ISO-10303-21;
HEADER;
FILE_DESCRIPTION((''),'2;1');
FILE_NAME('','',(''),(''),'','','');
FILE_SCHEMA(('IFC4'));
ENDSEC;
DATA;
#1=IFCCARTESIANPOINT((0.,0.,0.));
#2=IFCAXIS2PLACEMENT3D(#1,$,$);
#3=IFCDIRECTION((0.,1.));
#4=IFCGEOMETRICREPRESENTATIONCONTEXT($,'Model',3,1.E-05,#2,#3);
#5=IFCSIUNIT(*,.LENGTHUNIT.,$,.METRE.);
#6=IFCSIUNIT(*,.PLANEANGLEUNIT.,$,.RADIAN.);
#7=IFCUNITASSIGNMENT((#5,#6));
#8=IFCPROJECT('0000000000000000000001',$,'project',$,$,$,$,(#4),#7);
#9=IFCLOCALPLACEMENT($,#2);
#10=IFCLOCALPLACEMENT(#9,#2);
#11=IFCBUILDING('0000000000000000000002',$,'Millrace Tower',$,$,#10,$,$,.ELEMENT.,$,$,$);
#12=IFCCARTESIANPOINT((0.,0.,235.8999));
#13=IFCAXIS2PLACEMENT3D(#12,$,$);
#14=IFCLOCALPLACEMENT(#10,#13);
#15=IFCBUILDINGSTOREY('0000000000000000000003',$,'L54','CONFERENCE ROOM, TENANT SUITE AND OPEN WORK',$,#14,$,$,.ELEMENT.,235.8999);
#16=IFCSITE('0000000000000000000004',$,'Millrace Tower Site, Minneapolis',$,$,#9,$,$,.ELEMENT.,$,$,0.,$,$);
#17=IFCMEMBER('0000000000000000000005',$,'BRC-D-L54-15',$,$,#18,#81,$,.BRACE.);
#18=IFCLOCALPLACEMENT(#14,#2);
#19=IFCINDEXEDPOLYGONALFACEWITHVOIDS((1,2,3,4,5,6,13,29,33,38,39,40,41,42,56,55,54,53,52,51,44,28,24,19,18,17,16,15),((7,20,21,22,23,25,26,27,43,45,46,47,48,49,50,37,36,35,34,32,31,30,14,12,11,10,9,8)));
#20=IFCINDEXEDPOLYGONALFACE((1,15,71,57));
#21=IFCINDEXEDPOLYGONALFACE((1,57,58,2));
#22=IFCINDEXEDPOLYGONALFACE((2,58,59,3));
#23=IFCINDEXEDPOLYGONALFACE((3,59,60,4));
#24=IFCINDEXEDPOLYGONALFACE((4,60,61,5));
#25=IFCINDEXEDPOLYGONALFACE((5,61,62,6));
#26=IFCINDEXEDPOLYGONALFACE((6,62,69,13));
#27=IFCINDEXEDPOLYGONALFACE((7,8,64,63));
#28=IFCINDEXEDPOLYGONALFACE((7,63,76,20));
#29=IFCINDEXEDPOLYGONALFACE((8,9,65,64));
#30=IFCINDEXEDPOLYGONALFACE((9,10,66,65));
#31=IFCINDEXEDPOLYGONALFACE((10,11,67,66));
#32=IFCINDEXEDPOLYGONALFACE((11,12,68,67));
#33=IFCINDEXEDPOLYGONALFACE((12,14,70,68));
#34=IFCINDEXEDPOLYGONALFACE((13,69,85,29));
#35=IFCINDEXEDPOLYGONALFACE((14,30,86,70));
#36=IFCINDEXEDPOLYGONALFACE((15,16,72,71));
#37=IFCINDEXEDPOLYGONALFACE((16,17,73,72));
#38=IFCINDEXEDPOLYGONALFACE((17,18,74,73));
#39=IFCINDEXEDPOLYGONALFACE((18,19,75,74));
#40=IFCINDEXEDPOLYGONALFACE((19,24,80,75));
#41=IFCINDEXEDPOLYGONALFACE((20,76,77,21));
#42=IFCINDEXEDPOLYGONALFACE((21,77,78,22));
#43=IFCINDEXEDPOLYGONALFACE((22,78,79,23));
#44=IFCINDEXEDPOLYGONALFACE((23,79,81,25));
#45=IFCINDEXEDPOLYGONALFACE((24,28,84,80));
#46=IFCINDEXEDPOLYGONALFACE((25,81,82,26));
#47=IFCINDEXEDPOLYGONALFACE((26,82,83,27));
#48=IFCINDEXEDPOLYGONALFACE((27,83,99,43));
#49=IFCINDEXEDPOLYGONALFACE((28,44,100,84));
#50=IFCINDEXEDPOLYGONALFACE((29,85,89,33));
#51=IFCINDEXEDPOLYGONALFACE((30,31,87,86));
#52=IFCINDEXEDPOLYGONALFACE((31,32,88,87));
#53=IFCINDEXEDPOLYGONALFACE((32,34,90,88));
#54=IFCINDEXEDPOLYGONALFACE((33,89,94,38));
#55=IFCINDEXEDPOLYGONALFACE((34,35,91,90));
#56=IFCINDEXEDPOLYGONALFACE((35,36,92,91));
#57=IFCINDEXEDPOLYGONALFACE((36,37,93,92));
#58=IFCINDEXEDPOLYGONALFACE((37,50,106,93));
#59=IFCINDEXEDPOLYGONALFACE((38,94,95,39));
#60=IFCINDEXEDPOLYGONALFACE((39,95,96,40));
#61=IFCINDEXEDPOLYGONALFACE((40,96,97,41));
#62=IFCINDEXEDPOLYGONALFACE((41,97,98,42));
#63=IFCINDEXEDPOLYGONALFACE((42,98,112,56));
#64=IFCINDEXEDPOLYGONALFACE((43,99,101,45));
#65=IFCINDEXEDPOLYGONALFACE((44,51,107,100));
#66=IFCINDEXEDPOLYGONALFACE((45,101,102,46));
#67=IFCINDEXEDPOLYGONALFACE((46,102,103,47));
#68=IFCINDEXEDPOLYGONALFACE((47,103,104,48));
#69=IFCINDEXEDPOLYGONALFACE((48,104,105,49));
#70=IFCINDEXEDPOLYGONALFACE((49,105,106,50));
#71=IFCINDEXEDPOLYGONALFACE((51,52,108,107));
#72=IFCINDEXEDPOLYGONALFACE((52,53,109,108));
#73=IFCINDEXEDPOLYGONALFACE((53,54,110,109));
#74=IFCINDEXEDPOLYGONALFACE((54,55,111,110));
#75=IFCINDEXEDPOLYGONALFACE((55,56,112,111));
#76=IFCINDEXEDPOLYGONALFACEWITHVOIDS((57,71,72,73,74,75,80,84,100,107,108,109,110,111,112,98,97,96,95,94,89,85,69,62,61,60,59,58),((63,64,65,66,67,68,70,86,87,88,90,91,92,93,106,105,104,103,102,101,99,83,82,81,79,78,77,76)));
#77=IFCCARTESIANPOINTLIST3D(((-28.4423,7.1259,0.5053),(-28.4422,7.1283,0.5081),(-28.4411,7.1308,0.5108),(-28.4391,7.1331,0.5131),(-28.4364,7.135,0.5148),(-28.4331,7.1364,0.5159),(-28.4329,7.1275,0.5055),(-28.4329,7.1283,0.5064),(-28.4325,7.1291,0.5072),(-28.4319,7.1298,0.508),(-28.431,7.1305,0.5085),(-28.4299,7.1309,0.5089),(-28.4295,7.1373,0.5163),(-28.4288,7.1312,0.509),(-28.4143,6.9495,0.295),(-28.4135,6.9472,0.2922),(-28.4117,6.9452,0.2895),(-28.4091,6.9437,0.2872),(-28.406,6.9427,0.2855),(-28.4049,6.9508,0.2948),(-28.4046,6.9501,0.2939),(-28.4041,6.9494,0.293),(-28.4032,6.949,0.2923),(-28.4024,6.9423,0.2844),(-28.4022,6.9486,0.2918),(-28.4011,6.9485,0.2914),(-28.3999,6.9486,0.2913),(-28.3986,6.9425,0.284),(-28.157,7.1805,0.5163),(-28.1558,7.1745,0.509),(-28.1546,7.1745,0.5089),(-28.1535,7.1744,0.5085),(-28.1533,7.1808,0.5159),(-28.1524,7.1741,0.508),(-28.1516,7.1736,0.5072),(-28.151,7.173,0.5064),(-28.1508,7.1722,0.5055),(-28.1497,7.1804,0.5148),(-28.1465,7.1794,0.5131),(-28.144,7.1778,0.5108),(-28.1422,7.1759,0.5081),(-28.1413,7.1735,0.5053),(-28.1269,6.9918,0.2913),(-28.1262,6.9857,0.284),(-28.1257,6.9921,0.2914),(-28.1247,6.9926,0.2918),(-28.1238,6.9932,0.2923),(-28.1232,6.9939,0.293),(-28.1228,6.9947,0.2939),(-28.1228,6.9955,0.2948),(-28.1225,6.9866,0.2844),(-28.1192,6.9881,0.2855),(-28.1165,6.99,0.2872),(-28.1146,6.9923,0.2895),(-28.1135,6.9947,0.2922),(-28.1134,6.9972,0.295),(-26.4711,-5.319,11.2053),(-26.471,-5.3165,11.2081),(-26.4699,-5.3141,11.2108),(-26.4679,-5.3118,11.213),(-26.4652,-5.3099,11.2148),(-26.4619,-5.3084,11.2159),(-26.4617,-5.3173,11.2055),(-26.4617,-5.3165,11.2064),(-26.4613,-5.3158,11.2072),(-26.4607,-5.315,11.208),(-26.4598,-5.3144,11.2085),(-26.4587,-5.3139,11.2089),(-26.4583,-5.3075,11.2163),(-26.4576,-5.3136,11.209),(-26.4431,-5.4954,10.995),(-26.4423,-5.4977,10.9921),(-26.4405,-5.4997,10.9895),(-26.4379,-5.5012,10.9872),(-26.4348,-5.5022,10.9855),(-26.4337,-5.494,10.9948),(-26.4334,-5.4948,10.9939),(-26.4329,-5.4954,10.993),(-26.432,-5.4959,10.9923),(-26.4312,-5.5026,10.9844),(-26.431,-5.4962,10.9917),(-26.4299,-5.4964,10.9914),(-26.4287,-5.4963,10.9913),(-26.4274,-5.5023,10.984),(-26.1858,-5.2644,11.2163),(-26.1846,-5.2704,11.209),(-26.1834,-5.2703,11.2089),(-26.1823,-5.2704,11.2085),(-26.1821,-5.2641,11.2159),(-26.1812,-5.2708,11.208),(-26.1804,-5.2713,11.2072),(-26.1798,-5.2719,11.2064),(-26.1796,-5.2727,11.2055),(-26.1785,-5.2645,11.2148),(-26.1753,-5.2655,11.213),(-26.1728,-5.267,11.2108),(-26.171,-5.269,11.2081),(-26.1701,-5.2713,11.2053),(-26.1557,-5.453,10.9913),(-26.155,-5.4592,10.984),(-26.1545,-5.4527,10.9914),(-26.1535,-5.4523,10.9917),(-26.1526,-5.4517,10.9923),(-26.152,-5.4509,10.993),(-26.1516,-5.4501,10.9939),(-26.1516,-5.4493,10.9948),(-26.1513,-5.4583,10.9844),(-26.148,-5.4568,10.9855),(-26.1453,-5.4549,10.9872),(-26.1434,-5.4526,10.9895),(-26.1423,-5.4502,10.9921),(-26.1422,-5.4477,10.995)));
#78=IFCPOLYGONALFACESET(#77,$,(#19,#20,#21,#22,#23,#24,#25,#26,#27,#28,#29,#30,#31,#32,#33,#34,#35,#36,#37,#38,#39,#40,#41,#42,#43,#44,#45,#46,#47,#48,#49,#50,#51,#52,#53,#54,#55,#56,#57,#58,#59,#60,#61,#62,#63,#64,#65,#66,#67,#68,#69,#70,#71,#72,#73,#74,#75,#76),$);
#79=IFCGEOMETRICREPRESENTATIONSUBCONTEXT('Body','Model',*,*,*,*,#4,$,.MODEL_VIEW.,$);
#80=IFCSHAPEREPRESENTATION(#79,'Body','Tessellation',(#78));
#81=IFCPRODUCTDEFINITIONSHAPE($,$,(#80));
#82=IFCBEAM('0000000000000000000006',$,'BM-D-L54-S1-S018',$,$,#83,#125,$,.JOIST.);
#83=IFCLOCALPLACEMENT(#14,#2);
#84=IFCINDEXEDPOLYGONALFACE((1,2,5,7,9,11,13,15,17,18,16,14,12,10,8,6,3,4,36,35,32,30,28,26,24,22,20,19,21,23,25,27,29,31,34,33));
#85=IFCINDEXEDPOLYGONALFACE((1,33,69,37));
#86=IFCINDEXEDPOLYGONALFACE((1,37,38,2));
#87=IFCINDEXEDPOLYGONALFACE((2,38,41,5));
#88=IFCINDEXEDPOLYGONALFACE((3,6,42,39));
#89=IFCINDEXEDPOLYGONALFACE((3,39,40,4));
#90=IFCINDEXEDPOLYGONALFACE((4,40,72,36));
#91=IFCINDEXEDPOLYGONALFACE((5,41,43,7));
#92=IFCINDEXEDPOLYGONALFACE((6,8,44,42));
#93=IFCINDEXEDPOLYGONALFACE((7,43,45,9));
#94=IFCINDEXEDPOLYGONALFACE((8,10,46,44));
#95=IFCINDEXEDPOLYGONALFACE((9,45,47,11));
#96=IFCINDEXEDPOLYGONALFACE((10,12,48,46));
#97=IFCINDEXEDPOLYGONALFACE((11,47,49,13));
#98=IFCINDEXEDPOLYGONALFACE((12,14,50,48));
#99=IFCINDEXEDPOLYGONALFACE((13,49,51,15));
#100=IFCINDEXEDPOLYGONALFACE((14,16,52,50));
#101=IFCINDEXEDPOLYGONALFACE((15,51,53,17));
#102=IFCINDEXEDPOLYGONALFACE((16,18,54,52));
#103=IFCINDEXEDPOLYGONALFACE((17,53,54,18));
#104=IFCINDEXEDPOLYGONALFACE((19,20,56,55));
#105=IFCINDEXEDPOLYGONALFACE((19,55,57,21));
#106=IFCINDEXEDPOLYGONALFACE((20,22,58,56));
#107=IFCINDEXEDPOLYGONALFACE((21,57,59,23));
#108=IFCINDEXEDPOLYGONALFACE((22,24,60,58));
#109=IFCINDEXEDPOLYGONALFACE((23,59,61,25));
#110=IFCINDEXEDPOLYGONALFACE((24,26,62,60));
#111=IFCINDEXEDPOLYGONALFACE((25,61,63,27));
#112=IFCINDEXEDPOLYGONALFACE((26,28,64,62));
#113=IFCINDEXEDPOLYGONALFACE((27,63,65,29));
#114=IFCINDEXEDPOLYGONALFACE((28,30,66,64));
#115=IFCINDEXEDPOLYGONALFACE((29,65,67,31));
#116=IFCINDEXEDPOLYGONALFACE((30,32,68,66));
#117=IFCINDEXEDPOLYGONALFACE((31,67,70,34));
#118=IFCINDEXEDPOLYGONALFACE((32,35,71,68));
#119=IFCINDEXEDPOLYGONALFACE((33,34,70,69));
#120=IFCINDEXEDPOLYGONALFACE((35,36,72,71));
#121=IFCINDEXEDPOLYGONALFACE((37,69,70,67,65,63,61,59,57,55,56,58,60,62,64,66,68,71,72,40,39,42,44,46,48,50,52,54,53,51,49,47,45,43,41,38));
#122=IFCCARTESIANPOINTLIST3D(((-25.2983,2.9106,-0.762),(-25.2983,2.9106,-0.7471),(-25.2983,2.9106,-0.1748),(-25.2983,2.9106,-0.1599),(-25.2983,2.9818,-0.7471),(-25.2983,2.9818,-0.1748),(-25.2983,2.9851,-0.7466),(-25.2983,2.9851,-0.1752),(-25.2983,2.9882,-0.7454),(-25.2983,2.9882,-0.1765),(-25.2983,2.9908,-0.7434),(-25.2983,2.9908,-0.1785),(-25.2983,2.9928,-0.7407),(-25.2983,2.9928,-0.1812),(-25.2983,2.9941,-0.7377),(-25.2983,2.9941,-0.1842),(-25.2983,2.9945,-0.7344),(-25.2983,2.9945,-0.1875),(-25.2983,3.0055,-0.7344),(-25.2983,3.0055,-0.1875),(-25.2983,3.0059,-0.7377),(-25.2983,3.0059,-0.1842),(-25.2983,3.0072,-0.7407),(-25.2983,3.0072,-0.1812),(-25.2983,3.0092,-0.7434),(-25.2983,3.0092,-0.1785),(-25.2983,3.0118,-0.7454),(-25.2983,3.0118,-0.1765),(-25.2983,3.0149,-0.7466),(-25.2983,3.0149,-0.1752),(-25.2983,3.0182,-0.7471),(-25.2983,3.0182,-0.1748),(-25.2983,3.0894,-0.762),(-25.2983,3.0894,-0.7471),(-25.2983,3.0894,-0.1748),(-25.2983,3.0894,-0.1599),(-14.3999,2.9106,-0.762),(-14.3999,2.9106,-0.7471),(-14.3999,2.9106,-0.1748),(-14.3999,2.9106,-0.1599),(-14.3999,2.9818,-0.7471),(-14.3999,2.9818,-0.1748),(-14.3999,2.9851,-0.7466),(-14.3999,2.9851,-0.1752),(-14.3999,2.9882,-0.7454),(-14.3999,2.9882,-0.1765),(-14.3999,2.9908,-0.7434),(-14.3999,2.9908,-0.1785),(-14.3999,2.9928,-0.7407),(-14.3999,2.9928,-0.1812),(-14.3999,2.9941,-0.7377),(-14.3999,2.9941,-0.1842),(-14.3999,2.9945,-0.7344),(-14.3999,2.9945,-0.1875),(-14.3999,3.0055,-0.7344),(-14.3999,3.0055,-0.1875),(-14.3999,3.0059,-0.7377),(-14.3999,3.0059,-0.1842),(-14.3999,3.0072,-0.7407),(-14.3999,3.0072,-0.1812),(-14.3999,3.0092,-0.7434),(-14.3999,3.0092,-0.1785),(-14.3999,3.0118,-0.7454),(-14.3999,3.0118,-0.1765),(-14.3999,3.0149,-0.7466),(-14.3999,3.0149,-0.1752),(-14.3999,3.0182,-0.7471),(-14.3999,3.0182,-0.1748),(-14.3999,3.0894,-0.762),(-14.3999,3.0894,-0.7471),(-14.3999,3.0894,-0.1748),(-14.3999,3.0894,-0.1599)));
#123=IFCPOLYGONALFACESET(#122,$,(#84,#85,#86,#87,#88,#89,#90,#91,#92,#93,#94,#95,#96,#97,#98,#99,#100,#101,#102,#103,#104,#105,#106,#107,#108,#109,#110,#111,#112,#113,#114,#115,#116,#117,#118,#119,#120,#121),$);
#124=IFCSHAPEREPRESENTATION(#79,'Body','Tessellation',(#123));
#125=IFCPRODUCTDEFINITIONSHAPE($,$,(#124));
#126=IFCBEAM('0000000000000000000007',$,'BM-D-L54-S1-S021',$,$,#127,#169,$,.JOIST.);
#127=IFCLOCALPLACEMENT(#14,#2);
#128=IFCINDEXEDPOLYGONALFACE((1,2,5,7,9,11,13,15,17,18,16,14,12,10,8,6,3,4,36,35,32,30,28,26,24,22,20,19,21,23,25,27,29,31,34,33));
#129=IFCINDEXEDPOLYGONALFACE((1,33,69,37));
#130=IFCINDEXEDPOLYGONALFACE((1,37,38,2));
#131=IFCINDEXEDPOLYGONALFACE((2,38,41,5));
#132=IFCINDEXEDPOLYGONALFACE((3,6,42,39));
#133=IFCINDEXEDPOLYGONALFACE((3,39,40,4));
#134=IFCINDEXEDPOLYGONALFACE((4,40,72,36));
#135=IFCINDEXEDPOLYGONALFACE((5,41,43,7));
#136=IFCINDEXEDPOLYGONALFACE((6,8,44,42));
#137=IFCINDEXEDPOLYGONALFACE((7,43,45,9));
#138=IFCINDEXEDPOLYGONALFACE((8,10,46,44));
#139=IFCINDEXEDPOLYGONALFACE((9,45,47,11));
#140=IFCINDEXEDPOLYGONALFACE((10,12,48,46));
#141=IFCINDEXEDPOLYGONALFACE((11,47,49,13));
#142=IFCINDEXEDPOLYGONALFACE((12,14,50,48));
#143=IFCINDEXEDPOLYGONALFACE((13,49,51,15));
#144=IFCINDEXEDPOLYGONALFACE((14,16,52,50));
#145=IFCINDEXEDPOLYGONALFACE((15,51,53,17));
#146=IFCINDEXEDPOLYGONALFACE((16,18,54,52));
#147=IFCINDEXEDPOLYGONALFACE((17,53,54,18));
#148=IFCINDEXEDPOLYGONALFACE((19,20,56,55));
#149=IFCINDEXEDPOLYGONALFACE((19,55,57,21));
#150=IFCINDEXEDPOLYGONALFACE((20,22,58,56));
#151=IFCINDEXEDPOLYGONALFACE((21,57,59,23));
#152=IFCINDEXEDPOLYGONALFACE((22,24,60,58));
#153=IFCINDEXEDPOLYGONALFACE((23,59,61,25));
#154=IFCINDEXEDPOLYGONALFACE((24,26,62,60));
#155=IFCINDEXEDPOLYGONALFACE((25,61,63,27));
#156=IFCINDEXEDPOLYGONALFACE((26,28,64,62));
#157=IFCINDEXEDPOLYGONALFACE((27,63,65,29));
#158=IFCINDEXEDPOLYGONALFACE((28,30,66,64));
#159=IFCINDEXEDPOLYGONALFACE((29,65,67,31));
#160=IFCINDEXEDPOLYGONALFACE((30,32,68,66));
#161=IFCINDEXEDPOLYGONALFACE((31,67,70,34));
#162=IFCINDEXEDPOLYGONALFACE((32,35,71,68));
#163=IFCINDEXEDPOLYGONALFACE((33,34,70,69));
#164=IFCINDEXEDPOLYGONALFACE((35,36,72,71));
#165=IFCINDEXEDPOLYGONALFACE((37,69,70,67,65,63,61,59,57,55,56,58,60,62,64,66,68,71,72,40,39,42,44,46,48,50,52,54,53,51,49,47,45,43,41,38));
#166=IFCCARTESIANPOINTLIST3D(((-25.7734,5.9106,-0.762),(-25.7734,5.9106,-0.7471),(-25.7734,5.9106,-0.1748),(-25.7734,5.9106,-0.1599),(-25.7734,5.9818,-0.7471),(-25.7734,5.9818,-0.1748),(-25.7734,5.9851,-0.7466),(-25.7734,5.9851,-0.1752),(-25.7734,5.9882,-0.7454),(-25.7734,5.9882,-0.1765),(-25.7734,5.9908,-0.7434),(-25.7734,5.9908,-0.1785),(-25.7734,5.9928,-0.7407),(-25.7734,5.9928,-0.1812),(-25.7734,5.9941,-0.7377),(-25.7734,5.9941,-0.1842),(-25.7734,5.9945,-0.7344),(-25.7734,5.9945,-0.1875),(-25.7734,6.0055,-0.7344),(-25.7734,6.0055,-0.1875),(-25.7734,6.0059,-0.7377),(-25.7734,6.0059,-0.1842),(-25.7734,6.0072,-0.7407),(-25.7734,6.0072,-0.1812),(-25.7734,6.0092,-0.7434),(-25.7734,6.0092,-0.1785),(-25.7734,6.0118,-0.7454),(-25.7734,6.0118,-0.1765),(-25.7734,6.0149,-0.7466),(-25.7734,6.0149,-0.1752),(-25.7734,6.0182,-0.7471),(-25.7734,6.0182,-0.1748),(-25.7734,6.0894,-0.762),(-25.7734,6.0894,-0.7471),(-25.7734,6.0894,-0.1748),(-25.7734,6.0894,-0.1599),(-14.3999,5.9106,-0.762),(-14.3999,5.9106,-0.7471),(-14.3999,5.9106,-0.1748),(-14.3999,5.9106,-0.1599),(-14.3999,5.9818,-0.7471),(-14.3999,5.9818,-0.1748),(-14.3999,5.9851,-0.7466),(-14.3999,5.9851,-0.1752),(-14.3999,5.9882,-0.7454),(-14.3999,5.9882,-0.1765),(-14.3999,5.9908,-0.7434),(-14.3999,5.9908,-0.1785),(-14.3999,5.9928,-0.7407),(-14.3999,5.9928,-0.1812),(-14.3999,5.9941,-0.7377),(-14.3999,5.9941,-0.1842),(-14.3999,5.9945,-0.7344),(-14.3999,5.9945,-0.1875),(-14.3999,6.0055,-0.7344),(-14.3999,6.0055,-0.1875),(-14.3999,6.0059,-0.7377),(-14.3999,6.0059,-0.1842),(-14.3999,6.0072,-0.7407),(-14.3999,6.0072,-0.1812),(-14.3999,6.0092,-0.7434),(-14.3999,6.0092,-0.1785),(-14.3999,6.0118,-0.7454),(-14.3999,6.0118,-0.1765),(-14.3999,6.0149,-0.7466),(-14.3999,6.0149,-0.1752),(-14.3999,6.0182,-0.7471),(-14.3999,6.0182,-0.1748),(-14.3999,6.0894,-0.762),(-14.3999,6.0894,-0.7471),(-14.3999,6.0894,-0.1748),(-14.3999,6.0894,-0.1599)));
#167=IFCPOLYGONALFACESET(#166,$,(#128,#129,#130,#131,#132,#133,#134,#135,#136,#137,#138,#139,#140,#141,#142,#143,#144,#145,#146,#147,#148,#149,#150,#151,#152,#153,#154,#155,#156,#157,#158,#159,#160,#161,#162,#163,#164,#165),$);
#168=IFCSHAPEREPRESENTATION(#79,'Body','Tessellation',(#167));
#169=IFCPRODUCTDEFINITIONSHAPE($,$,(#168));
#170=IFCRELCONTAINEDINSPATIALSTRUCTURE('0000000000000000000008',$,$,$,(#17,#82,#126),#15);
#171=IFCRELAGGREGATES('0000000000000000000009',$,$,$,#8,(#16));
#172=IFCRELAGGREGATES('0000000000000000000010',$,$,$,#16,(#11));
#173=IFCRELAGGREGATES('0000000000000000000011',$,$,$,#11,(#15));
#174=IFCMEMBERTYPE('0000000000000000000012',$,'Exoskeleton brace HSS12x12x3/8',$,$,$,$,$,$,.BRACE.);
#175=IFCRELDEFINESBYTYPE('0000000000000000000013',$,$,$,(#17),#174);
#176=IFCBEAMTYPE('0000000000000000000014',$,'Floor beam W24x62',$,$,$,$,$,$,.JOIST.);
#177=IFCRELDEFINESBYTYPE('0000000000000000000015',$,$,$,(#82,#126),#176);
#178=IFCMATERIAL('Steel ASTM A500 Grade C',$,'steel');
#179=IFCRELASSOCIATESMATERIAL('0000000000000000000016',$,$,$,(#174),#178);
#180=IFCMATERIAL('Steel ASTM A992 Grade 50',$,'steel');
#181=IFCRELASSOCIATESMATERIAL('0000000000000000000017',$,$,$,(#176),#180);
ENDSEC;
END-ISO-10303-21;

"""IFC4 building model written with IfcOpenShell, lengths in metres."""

from ifc_helpers import new_model, si_unit, direction, frame, origin, origin_2d, place, context, subcontext, project, spatial, hollow_rectangle, i_section, extrude, material, material_profile, profile_set, type_object, element, save


model = new_model("IFC4")

# Units and contexts
model_context = context("Model", 3, precision=1e-05, world=origin(), true_north=direction((0.0, 1.0)))
body_context = subcontext(model_context, "Body", "Model", "MODEL_VIEW")
ifc_project = project(units=[si_unit("LENGTHUNIT", "METRE"), si_unit("PLANEANGLEUNIT", "RADIAN")], contexts=[model_context])

# Site, building, storey
site_placement = place(None, origin())
site = spatial("IfcSite", under=ifc_project, at=site_placement, Name="Millrace Tower Site, Minneapolis", CompositionType="ELEMENT", RefElevation=0.0)
building_placement = place(site_placement, origin())
building = spatial("IfcBuilding", under=site, at=building_placement, Name="Millrace Tower", CompositionType="ELEMENT")
storey_placement = place(building_placement, frame((0.0, 0.0, 235.8999)))
storey = spatial("IfcBuildingStorey", under=building, at=storey_placement, Name="L54", Description="CONFERENCE ROOM, TENANT SUITE AND OPEN WORK", CompositionType="ELEMENT", Elevation=235.8999)

# Member
ifc_material_1 = material(Name="Steel ASTM A500 Grade C", Category="steel")
ifc_material_profile_1 = material_profile(ifc_material_1, hollow_rectangle(XDim=0.3047, YDim=0.3047, WallThickness=0.0095, InnerFilletRadius=0.0046, OuterFilletRadius=0.0144, at=origin_2d()))
ifc_profile_set_1 = profile_set([ifc_material_profile_1], Name="Steel ASTM A500 Grade C")
member_type_1 = type_object("IfcMemberType", Name="Exoskeleton brace HSS12x12x3/8", PredefinedType="BRACE", material=ifc_profile_set_1)
member_1_placement = place(storey_placement, frame((-28.2778, 7.0615, 0.4001), z_axis=(0.119248, -0.752853, 0.647296), x_axis=(0.987687, 0.156444, 0.0)))
element("IfcMember", 1, at=member_1_placement, inside=storey, type_object=member_type_1, Name="BRC-D-L54-15", PredefinedType="BRACE", context=body_context, shape_type="SweptSolid", body=[
    extrude(hollow_rectangle(XDim=0.3047, YDim=0.3047, WallThickness=0.0095, InnerFilletRadius=0.0046, OuterFilletRadius=0.0144, at=origin_2d()), origin(), (0.0, 0.0, 1.0), 16.5303),
])

# Beams
ifc_material_2 = material(Name="Steel ASTM A992 Grade 50", Category="steel")
ifc_material_profile_2 = material_profile(ifc_material_2, i_section(OverallWidth=0.1787, OverallDepth=0.6021, WebThickness=0.011, FlangeThickness=0.0149, FilletRadius=0.0127, at=origin_2d()))
ifc_profile_set_2 = profile_set([ifc_material_profile_2], Name="Steel ASTM A992 Grade 50")
beam_type_1 = type_object("IfcBeamType", Name="Floor beam W24x62", PredefinedType="JOIST", material=ifc_profile_set_2)
beam_1_placement = place(storey_placement, frame((-25.2983, 3.0, -0.4609), z_axis=(1.0, 0.0, 0.0), x_axis=(0.0, 1.0, 0.0)))
element("IfcBeam", 2, at=beam_1_placement, inside=storey, type_object=beam_type_1, Name="BM-D-L54-S1-S018", PredefinedType="JOIST", context=body_context, shape_type="SweptSolid", body=[
    extrude(i_section(OverallWidth=0.1787, OverallDepth=0.6021, WebThickness=0.011, FlangeThickness=0.0149, FilletRadius=0.0127, at=origin_2d()), origin(), (0.0, 0.0, 1.0), 10.8984),
])
beam_2_placement = place(storey_placement, frame((-25.7734, 6.0, -0.4609), z_axis=(1.0, 0.0, 0.0), x_axis=(0.0, 1.0, 0.0)))
element("IfcBeam", 3, at=beam_2_placement, inside=storey, type_object=beam_type_1, Name="BM-D-L54-S1-S021", PredefinedType="JOIST", context=body_context, shape_type="SweptSolid", body=[
    extrude(i_section(OverallWidth=0.1787, OverallDepth=0.6021, WebThickness=0.011, FlangeThickness=0.0149, FilletRadius=0.0127, at=origin_2d()), origin(), (0.0, 0.0, 1.0), 11.3735),
])

save(model, "model.ifc")
